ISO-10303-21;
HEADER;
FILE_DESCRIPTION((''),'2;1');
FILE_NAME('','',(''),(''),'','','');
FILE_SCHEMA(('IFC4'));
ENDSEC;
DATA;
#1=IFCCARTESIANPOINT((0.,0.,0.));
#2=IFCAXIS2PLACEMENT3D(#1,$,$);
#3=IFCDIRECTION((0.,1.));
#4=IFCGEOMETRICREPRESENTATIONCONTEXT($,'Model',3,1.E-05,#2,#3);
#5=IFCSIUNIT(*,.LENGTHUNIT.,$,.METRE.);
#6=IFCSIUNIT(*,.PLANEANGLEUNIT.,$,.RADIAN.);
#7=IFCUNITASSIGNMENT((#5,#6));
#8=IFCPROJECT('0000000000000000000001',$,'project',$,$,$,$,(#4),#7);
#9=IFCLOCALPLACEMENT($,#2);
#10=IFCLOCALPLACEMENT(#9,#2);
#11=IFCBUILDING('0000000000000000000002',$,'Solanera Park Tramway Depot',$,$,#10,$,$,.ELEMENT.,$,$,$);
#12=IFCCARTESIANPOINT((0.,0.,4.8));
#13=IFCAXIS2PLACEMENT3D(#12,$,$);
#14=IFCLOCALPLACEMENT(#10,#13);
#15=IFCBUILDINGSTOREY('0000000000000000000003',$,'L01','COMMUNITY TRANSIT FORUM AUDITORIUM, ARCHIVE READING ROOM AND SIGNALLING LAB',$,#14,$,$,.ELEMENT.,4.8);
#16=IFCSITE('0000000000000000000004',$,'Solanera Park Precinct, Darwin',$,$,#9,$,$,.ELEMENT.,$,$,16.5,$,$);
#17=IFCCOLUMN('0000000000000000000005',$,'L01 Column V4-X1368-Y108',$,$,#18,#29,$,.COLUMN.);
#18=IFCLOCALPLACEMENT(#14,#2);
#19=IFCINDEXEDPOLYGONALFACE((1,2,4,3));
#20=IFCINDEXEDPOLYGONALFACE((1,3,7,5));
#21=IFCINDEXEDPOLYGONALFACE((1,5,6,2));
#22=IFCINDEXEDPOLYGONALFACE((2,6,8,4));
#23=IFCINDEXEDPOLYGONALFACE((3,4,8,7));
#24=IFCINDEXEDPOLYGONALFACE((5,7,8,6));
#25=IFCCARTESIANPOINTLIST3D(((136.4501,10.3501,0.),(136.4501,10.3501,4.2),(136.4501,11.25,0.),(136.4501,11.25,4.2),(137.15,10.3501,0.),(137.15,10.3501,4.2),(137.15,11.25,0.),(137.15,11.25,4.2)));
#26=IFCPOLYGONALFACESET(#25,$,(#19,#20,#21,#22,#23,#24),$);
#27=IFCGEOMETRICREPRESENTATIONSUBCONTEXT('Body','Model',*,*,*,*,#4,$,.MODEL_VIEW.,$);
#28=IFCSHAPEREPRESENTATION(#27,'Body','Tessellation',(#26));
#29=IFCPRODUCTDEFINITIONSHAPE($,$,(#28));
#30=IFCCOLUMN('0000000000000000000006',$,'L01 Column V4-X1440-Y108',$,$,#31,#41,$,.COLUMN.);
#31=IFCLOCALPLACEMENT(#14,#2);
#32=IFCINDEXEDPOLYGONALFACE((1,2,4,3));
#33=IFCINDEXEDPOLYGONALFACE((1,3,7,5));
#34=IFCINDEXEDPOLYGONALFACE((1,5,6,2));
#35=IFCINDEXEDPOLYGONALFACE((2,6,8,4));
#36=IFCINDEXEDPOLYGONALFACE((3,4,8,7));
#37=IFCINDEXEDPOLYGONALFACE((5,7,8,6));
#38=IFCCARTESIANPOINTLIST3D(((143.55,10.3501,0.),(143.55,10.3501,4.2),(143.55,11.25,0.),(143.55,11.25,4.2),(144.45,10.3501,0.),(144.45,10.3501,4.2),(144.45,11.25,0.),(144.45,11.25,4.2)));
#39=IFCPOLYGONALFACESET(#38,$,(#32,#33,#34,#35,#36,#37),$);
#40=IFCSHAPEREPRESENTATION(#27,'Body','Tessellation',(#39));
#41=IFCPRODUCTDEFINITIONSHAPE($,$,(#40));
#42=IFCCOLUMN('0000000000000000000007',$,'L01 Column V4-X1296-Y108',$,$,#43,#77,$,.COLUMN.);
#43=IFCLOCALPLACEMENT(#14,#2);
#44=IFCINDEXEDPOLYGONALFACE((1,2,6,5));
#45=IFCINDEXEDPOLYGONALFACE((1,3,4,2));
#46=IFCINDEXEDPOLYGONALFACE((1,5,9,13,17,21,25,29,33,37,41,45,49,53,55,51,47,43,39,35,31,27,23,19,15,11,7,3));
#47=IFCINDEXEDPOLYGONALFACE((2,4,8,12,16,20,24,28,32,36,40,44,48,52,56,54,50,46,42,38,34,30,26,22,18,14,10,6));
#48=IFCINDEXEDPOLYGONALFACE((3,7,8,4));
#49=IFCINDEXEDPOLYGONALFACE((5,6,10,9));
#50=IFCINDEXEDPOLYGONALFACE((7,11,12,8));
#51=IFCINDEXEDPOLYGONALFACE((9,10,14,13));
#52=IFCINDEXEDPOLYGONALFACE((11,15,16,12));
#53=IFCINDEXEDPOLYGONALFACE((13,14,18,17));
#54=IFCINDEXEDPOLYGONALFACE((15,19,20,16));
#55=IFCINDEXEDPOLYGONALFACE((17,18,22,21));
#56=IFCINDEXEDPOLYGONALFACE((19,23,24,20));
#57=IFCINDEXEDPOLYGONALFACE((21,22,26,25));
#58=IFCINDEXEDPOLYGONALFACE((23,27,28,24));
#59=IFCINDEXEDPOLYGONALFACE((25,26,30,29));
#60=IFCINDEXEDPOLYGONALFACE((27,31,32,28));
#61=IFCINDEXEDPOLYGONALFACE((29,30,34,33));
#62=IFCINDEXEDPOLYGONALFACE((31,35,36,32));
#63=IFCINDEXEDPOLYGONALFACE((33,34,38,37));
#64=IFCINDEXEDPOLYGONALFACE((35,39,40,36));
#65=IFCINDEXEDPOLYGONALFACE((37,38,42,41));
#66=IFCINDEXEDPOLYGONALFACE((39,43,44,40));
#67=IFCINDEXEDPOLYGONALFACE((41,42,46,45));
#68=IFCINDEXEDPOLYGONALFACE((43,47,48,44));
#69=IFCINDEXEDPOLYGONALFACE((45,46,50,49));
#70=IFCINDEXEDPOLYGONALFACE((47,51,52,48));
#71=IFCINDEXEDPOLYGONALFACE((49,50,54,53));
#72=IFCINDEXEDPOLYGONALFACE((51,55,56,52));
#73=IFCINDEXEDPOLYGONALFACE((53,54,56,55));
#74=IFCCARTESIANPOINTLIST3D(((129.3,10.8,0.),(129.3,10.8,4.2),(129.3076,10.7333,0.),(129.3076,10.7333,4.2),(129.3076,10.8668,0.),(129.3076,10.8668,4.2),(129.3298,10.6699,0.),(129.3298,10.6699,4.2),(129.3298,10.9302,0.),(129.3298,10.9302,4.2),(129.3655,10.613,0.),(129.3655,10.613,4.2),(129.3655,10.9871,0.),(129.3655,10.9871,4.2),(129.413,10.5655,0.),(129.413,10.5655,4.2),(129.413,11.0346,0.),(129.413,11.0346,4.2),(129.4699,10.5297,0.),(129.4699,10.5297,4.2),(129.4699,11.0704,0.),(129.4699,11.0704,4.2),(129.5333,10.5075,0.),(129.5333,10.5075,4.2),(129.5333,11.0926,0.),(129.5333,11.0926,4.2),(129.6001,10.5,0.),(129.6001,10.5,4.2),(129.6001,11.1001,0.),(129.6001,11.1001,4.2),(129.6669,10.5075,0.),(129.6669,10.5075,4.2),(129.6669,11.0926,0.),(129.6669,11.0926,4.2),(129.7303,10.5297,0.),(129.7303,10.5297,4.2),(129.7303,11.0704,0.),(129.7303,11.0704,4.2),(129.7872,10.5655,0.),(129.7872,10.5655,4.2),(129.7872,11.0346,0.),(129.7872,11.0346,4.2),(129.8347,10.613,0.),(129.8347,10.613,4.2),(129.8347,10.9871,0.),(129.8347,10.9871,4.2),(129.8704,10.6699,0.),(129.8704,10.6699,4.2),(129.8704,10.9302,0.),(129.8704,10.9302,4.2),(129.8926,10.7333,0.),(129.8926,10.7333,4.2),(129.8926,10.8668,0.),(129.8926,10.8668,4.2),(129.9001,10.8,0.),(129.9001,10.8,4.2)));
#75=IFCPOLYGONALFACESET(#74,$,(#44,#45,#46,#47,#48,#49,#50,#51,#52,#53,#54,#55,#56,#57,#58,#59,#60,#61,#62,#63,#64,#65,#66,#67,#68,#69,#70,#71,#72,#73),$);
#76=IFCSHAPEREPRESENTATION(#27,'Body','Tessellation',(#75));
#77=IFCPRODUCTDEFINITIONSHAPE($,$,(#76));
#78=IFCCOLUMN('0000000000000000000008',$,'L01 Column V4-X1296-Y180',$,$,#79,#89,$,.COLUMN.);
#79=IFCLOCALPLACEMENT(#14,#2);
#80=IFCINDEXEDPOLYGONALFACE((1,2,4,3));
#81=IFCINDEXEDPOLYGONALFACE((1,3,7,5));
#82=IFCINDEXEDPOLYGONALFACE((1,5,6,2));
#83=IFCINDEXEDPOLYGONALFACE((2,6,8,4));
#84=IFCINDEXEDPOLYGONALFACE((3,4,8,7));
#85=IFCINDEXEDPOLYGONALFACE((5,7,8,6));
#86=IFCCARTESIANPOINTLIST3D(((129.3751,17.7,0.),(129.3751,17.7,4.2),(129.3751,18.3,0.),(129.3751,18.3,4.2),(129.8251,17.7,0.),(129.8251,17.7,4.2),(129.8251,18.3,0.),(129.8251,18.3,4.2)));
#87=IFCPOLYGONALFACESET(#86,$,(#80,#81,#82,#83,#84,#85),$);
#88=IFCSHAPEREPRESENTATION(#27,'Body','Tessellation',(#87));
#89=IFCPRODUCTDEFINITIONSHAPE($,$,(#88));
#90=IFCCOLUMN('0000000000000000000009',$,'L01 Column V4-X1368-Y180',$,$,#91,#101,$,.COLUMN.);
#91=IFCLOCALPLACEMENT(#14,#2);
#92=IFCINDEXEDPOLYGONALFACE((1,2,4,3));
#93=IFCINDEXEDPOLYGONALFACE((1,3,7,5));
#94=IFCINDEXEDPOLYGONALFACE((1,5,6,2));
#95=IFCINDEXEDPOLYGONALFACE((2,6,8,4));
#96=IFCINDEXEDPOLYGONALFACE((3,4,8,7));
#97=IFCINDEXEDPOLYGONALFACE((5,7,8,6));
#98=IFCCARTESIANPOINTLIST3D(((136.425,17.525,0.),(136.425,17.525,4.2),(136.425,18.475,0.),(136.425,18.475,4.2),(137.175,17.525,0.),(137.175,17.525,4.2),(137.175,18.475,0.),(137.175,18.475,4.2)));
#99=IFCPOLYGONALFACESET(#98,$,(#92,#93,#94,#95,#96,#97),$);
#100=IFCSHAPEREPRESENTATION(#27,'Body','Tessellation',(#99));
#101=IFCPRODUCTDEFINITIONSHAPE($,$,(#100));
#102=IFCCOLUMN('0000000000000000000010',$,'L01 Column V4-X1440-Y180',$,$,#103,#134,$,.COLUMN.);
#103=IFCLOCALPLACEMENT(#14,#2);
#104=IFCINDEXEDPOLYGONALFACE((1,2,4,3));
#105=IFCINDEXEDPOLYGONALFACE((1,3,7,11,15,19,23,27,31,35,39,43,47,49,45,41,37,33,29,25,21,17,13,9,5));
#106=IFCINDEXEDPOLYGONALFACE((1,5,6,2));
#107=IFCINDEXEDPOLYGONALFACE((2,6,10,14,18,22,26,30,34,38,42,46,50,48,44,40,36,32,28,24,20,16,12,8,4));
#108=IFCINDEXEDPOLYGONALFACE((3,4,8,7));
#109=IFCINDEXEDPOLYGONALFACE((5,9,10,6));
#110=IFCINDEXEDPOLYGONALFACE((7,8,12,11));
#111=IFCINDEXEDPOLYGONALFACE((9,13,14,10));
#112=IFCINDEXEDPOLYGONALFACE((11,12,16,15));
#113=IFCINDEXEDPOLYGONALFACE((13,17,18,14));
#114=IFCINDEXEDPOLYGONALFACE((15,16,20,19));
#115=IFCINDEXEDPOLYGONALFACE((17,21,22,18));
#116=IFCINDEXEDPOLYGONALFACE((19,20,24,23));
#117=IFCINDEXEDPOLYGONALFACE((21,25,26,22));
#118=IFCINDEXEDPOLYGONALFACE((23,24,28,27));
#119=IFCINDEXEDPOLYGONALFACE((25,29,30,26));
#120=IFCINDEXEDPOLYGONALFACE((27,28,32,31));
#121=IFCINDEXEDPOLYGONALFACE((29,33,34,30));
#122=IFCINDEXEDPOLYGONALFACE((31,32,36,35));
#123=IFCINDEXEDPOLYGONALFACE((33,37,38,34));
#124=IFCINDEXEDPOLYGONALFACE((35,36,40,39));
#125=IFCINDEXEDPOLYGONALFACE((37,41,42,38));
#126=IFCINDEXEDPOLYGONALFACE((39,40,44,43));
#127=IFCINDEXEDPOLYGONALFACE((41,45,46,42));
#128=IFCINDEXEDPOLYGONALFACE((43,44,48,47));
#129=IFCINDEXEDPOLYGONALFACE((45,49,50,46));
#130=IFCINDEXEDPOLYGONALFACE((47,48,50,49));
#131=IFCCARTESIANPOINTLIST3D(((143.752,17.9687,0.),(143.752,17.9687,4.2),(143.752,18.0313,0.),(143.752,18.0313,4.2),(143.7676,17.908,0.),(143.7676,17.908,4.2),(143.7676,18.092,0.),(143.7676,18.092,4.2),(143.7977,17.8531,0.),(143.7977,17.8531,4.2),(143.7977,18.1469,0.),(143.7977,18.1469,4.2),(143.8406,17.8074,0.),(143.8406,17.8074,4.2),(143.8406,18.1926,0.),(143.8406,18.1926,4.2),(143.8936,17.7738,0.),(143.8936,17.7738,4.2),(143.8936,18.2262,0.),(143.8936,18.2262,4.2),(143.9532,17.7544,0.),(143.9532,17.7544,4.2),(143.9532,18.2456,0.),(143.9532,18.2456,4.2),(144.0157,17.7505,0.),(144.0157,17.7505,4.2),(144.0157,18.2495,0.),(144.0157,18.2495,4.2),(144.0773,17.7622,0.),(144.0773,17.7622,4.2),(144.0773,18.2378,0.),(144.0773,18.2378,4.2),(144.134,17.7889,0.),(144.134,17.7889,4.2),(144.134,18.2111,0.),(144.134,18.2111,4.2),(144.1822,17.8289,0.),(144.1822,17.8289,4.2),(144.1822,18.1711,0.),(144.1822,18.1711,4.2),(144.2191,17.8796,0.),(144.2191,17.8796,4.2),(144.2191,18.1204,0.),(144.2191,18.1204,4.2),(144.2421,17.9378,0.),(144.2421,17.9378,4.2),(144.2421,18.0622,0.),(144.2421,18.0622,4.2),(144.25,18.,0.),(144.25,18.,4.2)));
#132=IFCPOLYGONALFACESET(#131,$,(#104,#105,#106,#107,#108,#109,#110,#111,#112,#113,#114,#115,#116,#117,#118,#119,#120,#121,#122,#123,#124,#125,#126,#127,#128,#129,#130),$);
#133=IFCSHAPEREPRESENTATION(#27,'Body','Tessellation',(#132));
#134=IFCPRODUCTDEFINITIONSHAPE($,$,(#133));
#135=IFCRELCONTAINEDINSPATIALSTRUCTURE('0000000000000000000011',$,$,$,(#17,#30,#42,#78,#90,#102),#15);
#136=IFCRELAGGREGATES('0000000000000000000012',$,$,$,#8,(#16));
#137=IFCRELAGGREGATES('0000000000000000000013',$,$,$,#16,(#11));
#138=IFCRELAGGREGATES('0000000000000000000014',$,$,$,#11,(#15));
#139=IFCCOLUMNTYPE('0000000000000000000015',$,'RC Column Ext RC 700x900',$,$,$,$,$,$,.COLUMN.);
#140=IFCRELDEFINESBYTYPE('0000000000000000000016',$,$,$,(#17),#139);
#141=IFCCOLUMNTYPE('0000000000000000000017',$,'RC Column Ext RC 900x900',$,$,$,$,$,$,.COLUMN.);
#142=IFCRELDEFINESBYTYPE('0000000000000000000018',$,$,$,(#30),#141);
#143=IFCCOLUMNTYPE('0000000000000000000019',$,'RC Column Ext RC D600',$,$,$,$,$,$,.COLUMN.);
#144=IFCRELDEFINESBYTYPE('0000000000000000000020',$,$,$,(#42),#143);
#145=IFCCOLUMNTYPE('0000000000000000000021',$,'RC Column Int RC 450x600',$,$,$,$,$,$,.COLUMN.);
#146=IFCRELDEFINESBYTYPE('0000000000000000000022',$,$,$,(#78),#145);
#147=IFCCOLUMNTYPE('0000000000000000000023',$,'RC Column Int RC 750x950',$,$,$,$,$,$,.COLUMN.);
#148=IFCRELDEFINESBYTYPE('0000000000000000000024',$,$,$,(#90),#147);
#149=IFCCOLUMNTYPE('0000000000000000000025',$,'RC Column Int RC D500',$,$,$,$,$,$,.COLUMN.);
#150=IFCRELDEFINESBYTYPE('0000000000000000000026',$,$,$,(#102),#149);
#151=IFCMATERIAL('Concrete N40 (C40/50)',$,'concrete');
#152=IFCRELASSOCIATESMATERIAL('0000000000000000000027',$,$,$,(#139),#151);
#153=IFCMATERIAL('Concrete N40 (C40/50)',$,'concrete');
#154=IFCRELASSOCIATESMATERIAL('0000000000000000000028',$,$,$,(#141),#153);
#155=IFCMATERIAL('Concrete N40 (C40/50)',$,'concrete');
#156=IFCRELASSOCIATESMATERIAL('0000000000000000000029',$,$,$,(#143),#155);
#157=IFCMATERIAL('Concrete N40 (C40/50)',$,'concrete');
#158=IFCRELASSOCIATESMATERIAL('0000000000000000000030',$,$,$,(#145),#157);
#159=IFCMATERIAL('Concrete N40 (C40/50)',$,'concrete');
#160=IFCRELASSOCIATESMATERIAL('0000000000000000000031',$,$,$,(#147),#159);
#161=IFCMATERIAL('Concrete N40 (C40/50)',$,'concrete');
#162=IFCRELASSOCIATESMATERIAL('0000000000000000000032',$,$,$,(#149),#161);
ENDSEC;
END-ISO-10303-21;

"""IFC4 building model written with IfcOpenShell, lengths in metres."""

from ifc_helpers import new_model, si_unit, direction, frame, origin, origin_2d, place, context, subcontext, project, spatial, rectangle, circle, extrude, material, material_profile, profile_set, type_object, element, save


model = new_model("IFC4")

# Units and contexts
model_context = context("Model", 3, precision=1e-05, world=origin(), true_north=direction((0.0, 1.0)))
body_context = subcontext(model_context, "Body", "Model", "MODEL_VIEW")
ifc_project = project(units=[si_unit("LENGTHUNIT", "METRE"), si_unit("PLANEANGLEUNIT", "RADIAN")], contexts=[model_context])

# Site, building, storey
site_placement = place(None, origin())
site = spatial("IfcSite", under=ifc_project, at=site_placement, Name="Solanera Park Precinct, Darwin", CompositionType="ELEMENT", RefElevation=16.5)
building_placement = place(site_placement, origin())
building = spatial("IfcBuilding", under=site, at=building_placement, Name="Solanera Park Tramway Depot", CompositionType="ELEMENT")
storey_placement = place(building_placement, frame((0.0, 0.0, 4.8)))
storey = spatial("IfcBuildingStorey", under=building, at=storey_placement, Name="L01", Description="COMMUNITY TRANSIT FORUM AUDITORIUM, ARCHIVE READING ROOM AND SIGNALLING LAB", CompositionType="ELEMENT", Elevation=4.8)

# Columns
ifc_material_1 = material(Name="Concrete N40 (C40/50)", Category="concrete")
ifc_material_profile_1 = material_profile(ifc_material_1, rectangle(XDim=0.7, YDim=0.8999, at=origin_2d()), Name="RC 700x900")
ifc_profile_set_1 = profile_set([ifc_material_profile_1], Name="Concrete N40 (C40/50)")
column_type_1 = type_object("IfcColumnType", Name="RC Column Ext RC 700x900", PredefinedType="COLUMN", material=ifc_profile_set_1)
column_1_placement = place(storey_placement, frame((136.8, 10.8, 0.0), z_axis=(0.0, 0.0, 1.0), x_axis=(1.0, 0.0, 0.0)))
element("IfcColumn", 1, at=column_1_placement, inside=storey, type_object=column_type_1, Name="L01 Column V4-X1368-Y108", PredefinedType="COLUMN", context=body_context, shape_type="SweptSolid", body=[
    extrude(rectangle(XDim=0.7, YDim=0.8999, at=origin_2d()), origin(), (0.0, 0.0, 1.0), 4.2),
])
ifc_material_2 = material(Name="Concrete N40 (C40/50)", Category="concrete")
ifc_material_profile_2 = material_profile(ifc_material_2, rectangle(XDim=0.8999, YDim=0.8999, at=origin_2d()), Name="RC 900x900")
ifc_profile_set_2 = profile_set([ifc_material_profile_2], Name="Concrete N40 (C40/50)")
column_type_2 = type_object("IfcColumnType", Name="RC Column Ext RC 900x900", PredefinedType="COLUMN", material=ifc_profile_set_2)
column_2_placement = place(storey_placement, frame((144.0, 10.8, 0.0), z_axis=(0.0, 0.0, 1.0), x_axis=(1.0, 0.0, 0.0)))
element("IfcColumn", 2, at=column_2_placement, inside=storey, type_object=column_type_2, Name="L01 Column V4-X1440-Y108", PredefinedType="COLUMN", context=body_context, shape_type="SweptSolid", body=[
    extrude(rectangle(XDim=0.8999, YDim=0.8999, at=origin_2d()), origin(), (0.0, 0.0, 1.0), 4.2),
])
ifc_material_3 = material(Name="Concrete N40 (C40/50)", Category="concrete")
ifc_material_profile_3 = material_profile(ifc_material_3, circle(Radius=0.3, at=origin_2d()), Name="RC D600")
ifc_profile_set_3 = profile_set([ifc_material_profile_3], Name="Concrete N40 (C40/50)")
column_type_3 = type_object("IfcColumnType", Name="RC Column Ext RC D600", PredefinedType="COLUMN", material=ifc_profile_set_3)
column_3_placement = place(storey_placement, frame((129.6001, 10.8, 0.0), z_axis=(0.0, 0.0, 1.0), x_axis=(1.0, 0.0, 0.0)))
element("IfcColumn", 3, at=column_3_placement, inside=storey, type_object=column_type_3, Name="L01 Column V4-X1296-Y108", PredefinedType="COLUMN", context=body_context, shape_type="SweptSolid", body=[
    extrude(circle(Radius=0.3, at=origin_2d()), origin(), (0.0, 0.0, 1.0), 4.2),
])
ifc_material_4 = material(Name="Concrete N40 (C40/50)", Category="concrete")
ifc_material_profile_4 = material_profile(ifc_material_4, rectangle(XDim=0.45, YDim=0.6001, at=origin_2d()), Name="RC 450x600")
ifc_profile_set_4 = profile_set([ifc_material_profile_4], Name="Concrete N40 (C40/50)")
column_type_4 = type_object("IfcColumnType", Name="RC Column Int RC 450x600", PredefinedType="COLUMN", material=ifc_profile_set_4)
column_4_placement = place(storey_placement, frame((129.6001, 18.0, 0.0), z_axis=(0.0, 0.0, 1.0), x_axis=(1.0, 0.0, 0.0)))
element("IfcColumn", 4, at=column_4_placement, inside=storey, type_object=column_type_4, Name="L01 Column V4-X1296-Y180", PredefinedType="COLUMN", context=body_context, shape_type="SweptSolid", body=[
    extrude(rectangle(XDim=0.45, YDim=0.6001, at=origin_2d()), origin(), (0.0, 0.0, 1.0), 4.2),
])
ifc_material_5 = material(Name="Concrete N40 (C40/50)", Category="concrete")
ifc_material_profile_5 = material_profile(ifc_material_5, rectangle(XDim=0.75, YDim=0.95, at=origin_2d()), Name="RC 750x950")
ifc_profile_set_5 = profile_set([ifc_material_profile_5], Name="Concrete N40 (C40/50)")
column_type_5 = type_object("IfcColumnType", Name="RC Column Int RC 750x950", PredefinedType="COLUMN", material=ifc_profile_set_5)
column_5_placement = place(storey_placement, frame((136.8, 18.0, 0.0), z_axis=(0.0, 0.0, 1.0), x_axis=(1.0, 0.0, 0.0)))
element("IfcColumn", 5, at=column_5_placement, inside=storey, type_object=column_type_5, Name="L01 Column V4-X1368-Y180", PredefinedType="COLUMN", context=body_context, shape_type="SweptSolid", body=[
    extrude(rectangle(XDim=0.75, YDim=0.95, at=origin_2d()), origin(), (0.0, 0.0, 1.0), 4.2),
])
ifc_material_6 = material(Name="Concrete N40 (C40/50)", Category="concrete")
ifc_material_profile_6 = material_profile(ifc_material_6, circle(Radius=0.25, at=origin_2d()), Name="RC D500")
ifc_profile_set_6 = profile_set([ifc_material_profile_6], Name="Concrete N40 (C40/50)")
column_type_6 = type_object("IfcColumnType", Name="RC Column Int RC D500", PredefinedType="COLUMN", material=ifc_profile_set_6)
column_6_placement = place(storey_placement, frame((144.0, 18.0, 0.0), z_axis=(0.0, 0.0, 1.0), x_axis=(1.0, 0.0, 0.0)))
element("IfcColumn", 6, at=column_6_placement, inside=storey, type_object=column_type_6, Name="L01 Column V4-X1440-Y180", PredefinedType="COLUMN", context=body_context, shape_type="SweptSolid", body=[
    extrude(circle(Radius=0.25, at=origin_2d()), origin(), (0.0, 0.0, 1.0), 4.2),
])

save(model, "model.ifc")
